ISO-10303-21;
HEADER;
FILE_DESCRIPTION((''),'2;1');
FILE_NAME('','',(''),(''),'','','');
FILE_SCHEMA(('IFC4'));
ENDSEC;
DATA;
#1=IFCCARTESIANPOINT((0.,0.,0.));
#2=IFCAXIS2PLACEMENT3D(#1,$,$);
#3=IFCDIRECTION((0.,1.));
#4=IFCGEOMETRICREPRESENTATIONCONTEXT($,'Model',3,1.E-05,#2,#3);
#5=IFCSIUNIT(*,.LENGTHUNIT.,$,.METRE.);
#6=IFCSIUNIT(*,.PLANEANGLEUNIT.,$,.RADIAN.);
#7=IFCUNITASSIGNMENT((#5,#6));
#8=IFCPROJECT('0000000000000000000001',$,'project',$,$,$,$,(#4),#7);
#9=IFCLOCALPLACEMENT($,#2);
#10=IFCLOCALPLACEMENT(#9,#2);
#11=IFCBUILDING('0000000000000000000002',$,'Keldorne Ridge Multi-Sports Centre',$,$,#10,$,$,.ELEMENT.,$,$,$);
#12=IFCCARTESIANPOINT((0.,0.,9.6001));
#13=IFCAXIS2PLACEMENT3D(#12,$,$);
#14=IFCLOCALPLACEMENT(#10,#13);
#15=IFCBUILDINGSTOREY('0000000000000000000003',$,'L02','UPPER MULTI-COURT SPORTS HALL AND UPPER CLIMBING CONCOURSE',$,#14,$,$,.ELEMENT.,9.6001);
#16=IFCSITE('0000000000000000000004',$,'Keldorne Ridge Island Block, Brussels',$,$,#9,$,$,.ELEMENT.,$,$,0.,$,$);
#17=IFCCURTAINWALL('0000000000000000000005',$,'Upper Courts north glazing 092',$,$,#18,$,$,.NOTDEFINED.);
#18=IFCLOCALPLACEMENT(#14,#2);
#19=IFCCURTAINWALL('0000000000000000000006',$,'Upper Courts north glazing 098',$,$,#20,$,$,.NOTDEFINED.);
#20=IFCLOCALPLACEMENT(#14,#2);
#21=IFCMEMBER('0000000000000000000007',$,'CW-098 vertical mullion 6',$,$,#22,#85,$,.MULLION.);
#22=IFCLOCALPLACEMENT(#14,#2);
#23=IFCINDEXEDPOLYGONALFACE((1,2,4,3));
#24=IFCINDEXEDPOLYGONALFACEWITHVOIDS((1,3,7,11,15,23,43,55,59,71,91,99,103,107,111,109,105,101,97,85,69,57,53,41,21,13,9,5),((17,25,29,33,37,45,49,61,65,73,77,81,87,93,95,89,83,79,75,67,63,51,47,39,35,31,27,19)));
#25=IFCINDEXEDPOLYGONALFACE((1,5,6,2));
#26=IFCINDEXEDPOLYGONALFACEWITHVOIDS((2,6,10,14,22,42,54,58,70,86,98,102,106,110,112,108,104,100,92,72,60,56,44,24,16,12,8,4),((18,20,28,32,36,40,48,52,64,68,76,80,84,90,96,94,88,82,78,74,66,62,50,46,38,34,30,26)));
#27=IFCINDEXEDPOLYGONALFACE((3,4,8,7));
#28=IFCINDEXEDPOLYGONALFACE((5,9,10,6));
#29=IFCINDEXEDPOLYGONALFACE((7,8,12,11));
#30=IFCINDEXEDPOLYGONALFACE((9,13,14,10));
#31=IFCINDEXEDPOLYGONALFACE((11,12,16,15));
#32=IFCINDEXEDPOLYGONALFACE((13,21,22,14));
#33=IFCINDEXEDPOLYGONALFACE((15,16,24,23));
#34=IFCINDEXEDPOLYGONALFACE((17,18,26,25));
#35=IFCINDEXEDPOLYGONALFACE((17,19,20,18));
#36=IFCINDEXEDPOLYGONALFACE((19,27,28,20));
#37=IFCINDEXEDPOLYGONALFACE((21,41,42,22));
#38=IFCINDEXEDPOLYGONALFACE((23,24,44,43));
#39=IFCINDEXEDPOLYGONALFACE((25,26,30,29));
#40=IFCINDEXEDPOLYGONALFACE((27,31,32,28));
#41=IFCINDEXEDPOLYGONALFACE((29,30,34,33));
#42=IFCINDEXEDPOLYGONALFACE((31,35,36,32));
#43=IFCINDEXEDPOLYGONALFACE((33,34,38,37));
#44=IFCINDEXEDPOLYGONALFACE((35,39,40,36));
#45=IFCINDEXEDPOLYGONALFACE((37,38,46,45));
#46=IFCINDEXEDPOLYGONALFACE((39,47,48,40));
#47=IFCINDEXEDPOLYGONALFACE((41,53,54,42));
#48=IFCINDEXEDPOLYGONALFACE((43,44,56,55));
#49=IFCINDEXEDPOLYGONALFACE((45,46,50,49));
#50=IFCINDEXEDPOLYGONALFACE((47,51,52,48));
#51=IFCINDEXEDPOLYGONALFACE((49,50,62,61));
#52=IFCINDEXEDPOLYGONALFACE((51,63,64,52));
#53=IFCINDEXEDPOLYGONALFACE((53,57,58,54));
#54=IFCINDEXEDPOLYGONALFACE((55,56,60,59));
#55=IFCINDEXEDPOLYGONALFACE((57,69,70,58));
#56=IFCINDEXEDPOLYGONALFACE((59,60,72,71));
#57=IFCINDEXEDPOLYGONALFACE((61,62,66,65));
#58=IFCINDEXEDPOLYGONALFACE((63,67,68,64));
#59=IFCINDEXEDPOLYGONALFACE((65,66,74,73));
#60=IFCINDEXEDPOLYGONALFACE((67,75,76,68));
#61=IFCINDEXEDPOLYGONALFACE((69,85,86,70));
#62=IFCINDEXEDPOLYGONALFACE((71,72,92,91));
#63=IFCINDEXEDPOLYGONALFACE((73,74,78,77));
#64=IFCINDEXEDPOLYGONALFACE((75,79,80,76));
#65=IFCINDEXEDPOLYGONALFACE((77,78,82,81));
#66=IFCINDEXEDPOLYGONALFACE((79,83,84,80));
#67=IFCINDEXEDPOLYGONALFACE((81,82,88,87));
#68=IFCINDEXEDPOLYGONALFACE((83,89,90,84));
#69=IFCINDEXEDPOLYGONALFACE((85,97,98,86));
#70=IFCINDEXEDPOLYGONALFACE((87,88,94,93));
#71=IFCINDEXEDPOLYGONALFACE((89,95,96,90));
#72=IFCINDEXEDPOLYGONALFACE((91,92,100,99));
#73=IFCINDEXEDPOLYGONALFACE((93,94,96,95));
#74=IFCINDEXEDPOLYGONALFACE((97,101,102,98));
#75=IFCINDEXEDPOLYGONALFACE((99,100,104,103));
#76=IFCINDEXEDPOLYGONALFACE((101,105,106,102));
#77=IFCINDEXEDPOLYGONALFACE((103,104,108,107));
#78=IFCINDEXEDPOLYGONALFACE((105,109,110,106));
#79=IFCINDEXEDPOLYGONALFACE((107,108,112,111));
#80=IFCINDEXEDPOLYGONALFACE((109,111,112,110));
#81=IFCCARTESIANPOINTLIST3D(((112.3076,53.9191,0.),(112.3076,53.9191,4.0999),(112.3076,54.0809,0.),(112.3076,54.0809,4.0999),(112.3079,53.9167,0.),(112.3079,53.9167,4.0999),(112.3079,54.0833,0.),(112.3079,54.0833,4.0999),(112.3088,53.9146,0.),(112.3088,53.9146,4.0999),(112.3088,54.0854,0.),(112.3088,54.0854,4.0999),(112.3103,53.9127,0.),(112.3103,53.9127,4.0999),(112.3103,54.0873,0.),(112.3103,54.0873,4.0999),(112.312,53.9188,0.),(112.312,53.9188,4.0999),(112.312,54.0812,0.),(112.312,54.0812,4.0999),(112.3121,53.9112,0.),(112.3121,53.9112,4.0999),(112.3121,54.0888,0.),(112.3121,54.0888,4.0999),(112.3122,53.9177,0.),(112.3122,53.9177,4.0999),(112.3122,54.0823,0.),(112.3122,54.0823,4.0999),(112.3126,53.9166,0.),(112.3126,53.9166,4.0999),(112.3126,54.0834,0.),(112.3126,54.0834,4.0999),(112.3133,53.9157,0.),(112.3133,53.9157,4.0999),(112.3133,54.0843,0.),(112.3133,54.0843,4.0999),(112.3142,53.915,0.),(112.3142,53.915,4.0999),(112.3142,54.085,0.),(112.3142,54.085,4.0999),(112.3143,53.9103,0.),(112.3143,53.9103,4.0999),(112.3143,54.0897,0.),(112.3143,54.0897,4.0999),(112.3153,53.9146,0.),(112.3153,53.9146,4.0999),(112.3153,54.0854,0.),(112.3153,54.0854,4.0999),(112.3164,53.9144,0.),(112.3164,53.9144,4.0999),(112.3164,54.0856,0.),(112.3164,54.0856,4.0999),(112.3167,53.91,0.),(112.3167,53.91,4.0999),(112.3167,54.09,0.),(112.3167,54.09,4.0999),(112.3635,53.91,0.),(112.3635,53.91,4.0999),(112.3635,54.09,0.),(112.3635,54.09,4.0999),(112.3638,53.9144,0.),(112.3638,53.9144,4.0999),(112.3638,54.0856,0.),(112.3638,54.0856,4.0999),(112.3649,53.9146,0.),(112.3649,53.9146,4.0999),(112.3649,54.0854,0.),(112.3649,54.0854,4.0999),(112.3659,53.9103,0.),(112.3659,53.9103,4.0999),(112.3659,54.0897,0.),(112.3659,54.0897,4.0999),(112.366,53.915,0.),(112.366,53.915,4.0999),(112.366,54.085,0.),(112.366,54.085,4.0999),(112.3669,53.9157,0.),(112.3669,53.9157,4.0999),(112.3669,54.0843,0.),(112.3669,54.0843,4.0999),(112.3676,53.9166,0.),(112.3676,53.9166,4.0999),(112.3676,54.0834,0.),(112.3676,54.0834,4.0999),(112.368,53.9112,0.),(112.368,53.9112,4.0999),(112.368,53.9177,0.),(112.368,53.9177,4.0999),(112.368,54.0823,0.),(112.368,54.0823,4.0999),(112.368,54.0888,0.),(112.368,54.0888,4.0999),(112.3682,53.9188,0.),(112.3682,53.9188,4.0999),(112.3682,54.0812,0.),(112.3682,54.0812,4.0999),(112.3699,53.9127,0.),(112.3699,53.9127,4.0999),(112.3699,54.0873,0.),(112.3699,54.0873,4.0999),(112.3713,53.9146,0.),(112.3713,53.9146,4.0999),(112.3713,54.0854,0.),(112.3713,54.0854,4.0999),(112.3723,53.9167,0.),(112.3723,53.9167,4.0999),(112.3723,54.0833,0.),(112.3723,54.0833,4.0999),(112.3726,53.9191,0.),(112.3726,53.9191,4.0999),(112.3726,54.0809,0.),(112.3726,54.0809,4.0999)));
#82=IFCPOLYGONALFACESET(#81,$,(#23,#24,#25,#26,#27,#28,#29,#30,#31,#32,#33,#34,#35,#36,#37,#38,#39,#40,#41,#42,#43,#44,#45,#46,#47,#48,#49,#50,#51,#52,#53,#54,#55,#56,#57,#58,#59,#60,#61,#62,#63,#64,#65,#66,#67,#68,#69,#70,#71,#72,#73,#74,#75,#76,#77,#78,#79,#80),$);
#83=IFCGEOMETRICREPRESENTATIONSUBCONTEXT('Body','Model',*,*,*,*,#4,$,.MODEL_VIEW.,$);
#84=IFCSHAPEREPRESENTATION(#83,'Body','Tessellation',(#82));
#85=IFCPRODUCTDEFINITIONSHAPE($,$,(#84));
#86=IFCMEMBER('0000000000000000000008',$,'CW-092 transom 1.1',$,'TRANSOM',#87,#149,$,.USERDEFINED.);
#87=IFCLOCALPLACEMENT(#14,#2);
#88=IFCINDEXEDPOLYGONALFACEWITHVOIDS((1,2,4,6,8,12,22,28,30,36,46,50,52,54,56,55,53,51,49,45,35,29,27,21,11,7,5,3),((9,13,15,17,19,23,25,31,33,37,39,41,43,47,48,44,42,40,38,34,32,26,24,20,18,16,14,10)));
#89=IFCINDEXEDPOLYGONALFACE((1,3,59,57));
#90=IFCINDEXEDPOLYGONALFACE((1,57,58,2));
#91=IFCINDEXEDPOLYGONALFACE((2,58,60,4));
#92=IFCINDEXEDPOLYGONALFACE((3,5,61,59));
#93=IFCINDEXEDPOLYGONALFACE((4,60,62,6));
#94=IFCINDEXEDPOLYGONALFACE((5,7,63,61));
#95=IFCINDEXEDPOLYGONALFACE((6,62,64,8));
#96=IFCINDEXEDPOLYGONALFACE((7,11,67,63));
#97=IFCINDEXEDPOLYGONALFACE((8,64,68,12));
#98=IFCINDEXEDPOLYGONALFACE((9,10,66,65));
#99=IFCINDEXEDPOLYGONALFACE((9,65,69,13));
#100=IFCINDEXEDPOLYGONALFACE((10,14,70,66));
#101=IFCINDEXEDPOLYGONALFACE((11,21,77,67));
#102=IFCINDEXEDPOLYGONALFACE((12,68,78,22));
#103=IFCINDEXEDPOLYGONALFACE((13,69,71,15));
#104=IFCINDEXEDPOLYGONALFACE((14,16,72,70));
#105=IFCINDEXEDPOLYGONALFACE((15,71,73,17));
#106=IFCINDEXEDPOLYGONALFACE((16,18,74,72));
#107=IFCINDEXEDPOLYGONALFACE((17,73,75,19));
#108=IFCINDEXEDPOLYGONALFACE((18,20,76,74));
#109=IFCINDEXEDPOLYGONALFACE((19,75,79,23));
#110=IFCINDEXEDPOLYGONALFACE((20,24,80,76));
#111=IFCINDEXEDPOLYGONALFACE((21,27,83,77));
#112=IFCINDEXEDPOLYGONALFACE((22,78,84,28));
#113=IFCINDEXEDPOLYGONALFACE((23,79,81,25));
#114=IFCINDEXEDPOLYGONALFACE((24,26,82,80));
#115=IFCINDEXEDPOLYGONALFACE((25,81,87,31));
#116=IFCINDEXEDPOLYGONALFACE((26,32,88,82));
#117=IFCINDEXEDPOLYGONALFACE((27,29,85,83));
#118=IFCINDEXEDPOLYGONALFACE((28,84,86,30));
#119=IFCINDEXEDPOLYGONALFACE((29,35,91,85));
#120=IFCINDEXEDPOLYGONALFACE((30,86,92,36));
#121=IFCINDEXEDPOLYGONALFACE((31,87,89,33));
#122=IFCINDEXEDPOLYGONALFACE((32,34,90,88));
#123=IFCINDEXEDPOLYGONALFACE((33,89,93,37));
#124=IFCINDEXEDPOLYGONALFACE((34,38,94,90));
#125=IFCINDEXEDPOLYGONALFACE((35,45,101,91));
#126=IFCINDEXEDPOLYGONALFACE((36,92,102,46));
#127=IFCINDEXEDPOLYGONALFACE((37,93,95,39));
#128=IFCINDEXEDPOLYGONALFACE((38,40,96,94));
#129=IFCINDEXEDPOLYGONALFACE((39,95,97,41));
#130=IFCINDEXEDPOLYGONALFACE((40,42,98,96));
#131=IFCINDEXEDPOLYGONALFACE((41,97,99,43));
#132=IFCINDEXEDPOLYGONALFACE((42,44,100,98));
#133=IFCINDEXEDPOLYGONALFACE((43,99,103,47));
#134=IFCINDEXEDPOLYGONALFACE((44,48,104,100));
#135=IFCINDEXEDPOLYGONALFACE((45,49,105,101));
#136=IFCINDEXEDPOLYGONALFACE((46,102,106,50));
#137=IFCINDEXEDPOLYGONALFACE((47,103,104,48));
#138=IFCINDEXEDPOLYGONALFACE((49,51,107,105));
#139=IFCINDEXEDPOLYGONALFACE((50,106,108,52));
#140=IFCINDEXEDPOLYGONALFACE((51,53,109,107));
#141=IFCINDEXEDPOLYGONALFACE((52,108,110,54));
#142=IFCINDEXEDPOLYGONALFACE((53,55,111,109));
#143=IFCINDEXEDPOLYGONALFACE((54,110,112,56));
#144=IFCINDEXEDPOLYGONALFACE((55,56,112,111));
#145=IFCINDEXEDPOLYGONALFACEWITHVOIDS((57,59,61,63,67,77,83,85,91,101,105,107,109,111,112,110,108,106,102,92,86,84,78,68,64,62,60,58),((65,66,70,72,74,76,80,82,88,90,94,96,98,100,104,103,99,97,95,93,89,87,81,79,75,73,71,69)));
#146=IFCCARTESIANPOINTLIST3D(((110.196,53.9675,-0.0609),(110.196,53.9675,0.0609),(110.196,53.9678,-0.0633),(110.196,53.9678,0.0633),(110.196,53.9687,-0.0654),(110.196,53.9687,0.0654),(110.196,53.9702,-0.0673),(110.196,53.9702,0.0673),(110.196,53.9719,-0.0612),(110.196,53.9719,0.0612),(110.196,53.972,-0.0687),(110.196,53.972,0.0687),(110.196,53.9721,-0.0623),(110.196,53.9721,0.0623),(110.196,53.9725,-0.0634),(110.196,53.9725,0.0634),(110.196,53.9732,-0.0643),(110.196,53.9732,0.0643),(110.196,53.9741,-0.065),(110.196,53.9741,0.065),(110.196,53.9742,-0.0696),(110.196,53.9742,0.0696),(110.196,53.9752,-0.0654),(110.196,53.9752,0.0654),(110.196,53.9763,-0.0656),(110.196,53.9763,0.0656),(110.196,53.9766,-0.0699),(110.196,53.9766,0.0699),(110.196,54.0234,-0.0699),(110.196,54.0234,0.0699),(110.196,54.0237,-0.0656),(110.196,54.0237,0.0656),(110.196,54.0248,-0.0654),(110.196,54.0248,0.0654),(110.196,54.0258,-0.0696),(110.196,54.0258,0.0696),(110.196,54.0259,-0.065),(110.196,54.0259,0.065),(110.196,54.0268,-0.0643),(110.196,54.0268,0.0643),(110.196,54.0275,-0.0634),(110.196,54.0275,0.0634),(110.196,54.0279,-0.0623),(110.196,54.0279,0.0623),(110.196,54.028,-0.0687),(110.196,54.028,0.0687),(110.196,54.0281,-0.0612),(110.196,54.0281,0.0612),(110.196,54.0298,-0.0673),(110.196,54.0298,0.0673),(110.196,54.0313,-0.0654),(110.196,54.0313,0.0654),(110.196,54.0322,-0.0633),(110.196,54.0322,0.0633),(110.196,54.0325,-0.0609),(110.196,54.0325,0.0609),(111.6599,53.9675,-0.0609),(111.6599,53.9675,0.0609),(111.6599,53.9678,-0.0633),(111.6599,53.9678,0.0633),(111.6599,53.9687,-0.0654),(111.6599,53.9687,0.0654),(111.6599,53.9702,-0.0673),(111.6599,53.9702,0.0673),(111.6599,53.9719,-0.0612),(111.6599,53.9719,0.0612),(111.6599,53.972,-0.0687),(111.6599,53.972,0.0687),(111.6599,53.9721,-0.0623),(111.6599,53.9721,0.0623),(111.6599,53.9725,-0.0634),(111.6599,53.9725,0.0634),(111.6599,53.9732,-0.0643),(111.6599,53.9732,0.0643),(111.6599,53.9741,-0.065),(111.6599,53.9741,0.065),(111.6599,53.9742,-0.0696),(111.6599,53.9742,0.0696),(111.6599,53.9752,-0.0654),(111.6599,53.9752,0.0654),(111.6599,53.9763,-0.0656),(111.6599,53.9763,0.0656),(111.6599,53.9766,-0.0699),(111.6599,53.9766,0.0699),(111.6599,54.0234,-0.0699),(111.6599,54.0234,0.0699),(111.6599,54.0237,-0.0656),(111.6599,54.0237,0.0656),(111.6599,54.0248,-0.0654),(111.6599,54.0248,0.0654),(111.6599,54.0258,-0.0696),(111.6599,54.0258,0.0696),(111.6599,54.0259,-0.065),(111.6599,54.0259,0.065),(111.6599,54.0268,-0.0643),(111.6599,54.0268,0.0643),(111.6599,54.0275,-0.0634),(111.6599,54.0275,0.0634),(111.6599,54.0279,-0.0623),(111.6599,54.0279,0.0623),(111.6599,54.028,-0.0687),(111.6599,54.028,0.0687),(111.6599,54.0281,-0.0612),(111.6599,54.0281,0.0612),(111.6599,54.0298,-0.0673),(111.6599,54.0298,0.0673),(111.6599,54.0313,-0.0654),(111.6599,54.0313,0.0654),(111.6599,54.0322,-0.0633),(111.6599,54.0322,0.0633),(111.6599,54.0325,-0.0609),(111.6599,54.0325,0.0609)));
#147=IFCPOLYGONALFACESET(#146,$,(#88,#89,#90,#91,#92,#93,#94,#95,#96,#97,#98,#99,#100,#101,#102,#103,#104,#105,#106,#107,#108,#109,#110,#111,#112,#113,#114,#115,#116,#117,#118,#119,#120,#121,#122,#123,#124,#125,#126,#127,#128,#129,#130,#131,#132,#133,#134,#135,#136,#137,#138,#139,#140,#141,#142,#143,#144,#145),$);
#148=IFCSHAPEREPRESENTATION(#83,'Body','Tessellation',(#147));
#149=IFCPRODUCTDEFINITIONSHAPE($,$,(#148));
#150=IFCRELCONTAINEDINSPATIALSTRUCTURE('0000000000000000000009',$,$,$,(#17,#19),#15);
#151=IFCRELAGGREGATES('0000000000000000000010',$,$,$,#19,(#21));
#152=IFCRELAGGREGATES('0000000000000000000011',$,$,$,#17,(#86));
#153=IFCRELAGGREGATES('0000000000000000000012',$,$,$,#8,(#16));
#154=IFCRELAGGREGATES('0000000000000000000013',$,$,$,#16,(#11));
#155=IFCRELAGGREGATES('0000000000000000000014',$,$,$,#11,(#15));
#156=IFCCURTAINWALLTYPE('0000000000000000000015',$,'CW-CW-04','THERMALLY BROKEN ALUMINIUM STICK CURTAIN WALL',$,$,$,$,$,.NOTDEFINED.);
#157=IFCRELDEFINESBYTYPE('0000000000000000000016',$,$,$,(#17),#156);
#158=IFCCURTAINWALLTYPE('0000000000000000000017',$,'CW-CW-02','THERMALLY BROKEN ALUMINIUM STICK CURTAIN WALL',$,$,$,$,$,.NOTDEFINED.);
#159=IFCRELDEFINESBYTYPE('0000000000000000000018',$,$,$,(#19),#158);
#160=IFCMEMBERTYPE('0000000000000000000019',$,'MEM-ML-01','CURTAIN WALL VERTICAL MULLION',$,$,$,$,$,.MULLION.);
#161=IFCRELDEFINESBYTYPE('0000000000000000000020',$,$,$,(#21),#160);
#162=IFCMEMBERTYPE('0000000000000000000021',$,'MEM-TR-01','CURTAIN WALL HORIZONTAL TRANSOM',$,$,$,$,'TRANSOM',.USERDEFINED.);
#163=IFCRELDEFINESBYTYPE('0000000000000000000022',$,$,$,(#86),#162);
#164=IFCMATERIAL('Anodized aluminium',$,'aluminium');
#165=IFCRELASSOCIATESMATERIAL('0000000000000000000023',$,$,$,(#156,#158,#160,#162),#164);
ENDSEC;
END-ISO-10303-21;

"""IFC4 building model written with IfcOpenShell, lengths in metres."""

from ifc_helpers import new_model, si_unit, direction, frame, origin, origin_2d, place, context, subcontext, project, spatial, hollow_rectangle, extrude, material, material_profile, profile_set, type_object, element, aggregate, save


model = new_model("IFC4")

# Units and contexts
model_context = context("Model", 3, precision=1e-05, world=origin(), true_north=direction((0.0, 1.0)))
body_context = subcontext(model_context, "Body", "Model", "MODEL_VIEW")
ifc_project = project(units=[si_unit("LENGTHUNIT", "METRE"), si_unit("PLANEANGLEUNIT", "RADIAN")], contexts=[model_context])

# Site, building, storey
site_placement = place(None, origin())
site = spatial("IfcSite", under=ifc_project, at=site_placement, Name="Keldorne Ridge Island Block, Brussels", CompositionType="ELEMENT", RefElevation=0.0)
building_placement = place(site_placement, origin())
building = spatial("IfcBuilding", under=site, at=building_placement, Name="Keldorne Ridge Multi-Sports Centre", CompositionType="ELEMENT")
storey_placement = place(building_placement, frame((0.0, 0.0, 9.6001)))
storey = spatial("IfcBuildingStorey", under=building, at=storey_placement, Name="L02", Description="UPPER MULTI-COURT SPORTS HALL AND UPPER CLIMBING CONCOURSE", CompositionType="ELEMENT", Elevation=9.6001)

# Curtain wall
ifc_material_1 = material(Name="Anodized aluminium", Category="aluminium")
curtain_wall_type_1 = type_object("IfcCurtainWallType", Name="CW-CW-04", Description="THERMALLY BROKEN ALUMINIUM STICK CURTAIN WALL", PredefinedType="NOTDEFINED", material=ifc_material_1)
curtain_wall_1_placement = place(storey_placement, origin())
curtain_wall_1 = element("IfcCurtainWall", 1, at=curtain_wall_1_placement, inside=storey, type_object=curtain_wall_type_1, Name="Upper Courts north glazing 092", PredefinedType="NOTDEFINED")
ifc_material_profile_1 = material_profile(ifc_material_1, hollow_rectangle(XDim=0.0649, YDim=0.1799, WallThickness=0.0044, InnerFilletRadius=0.0044, OuterFilletRadius=0.009, at=origin_2d()), Name="ALU MULLION 180x65x4.5")
ifc_profile_set_1 = profile_set([ifc_material_profile_1], Name="Anodized aluminium")
member_type_1 = type_object("IfcMemberType", Name="MEM-ML-01", Description="CURTAIN WALL VERTICAL MULLION", PredefinedType="MULLION", material=ifc_profile_set_1)

# Curtain wall, member
curtain_wall_type_2 = type_object("IfcCurtainWallType", Name="CW-CW-02", Description="THERMALLY BROKEN ALUMINIUM STICK CURTAIN WALL", PredefinedType="NOTDEFINED", material=ifc_material_1)
curtain_wall_2_placement = place(storey_placement, origin())
curtain_wall_2 = element("IfcCurtainWall", 2, at=curtain_wall_2_placement, inside=storey, type_object=curtain_wall_type_2, Name="Upper Courts north glazing 098", PredefinedType="NOTDEFINED")
member_1_placement = place(storey_placement, frame((112.3401, 54.0, 0.0), z_axis=(0.0, 0.0, 1.0), x_axis=(1.0, 0.0, 0.0)))
member_1 = element("IfcMember", 3, at=member_1_placement, type_object=member_type_1, Name="CW-098 vertical mullion 6", PredefinedType="MULLION", context=body_context, shape_type="SweptSolid", body=[
    extrude(hollow_rectangle(XDim=0.0649, YDim=0.1799, WallThickness=0.0044, InnerFilletRadius=0.0044, OuterFilletRadius=0.009, at=origin_2d()), origin(), (0.0, 0.0, 1.0), 4.0999),
])
aggregate(curtain_wall_2, [member_1])

# Member
ifc_material_profile_2 = material_profile(ifc_material_1, hollow_rectangle(XDim=0.0649, YDim=0.1399, WallThickness=0.0044, InnerFilletRadius=0.0044, OuterFilletRadius=0.009, at=origin_2d()), Name="ALU TRANSOM 140x65x4.5")
ifc_profile_set_2 = profile_set([ifc_material_profile_2], Name="Anodized aluminium")
member_type_2 = type_object("IfcMemberType", Name="MEM-TR-01", Description="CURTAIN WALL HORIZONTAL TRANSOM", ElementType="TRANSOM", PredefinedType="USERDEFINED", material=ifc_profile_set_2)
member_2_placement = place(storey_placement, frame((111.6599, 54.0, 0.0), z_axis=(-1.0, 0.0, 0.0), x_axis=(0.0, -1.0, 0.0)))
member_2 = element("IfcMember", 4, at=member_2_placement, type_object=member_type_2, Name="CW-092 transom 1.1", ObjectType="TRANSOM", PredefinedType="USERDEFINED", context=body_context, shape_type="SweptSolid", body=[
    extrude(hollow_rectangle(XDim=0.0649, YDim=0.1399, WallThickness=0.0044, InnerFilletRadius=0.0044, OuterFilletRadius=0.009, at=origin_2d()), origin(), (0.0, 0.0, 1.0), 1.4639),
])

aggregate(curtain_wall_1, [member_2])

save(model, "model.ifc")
